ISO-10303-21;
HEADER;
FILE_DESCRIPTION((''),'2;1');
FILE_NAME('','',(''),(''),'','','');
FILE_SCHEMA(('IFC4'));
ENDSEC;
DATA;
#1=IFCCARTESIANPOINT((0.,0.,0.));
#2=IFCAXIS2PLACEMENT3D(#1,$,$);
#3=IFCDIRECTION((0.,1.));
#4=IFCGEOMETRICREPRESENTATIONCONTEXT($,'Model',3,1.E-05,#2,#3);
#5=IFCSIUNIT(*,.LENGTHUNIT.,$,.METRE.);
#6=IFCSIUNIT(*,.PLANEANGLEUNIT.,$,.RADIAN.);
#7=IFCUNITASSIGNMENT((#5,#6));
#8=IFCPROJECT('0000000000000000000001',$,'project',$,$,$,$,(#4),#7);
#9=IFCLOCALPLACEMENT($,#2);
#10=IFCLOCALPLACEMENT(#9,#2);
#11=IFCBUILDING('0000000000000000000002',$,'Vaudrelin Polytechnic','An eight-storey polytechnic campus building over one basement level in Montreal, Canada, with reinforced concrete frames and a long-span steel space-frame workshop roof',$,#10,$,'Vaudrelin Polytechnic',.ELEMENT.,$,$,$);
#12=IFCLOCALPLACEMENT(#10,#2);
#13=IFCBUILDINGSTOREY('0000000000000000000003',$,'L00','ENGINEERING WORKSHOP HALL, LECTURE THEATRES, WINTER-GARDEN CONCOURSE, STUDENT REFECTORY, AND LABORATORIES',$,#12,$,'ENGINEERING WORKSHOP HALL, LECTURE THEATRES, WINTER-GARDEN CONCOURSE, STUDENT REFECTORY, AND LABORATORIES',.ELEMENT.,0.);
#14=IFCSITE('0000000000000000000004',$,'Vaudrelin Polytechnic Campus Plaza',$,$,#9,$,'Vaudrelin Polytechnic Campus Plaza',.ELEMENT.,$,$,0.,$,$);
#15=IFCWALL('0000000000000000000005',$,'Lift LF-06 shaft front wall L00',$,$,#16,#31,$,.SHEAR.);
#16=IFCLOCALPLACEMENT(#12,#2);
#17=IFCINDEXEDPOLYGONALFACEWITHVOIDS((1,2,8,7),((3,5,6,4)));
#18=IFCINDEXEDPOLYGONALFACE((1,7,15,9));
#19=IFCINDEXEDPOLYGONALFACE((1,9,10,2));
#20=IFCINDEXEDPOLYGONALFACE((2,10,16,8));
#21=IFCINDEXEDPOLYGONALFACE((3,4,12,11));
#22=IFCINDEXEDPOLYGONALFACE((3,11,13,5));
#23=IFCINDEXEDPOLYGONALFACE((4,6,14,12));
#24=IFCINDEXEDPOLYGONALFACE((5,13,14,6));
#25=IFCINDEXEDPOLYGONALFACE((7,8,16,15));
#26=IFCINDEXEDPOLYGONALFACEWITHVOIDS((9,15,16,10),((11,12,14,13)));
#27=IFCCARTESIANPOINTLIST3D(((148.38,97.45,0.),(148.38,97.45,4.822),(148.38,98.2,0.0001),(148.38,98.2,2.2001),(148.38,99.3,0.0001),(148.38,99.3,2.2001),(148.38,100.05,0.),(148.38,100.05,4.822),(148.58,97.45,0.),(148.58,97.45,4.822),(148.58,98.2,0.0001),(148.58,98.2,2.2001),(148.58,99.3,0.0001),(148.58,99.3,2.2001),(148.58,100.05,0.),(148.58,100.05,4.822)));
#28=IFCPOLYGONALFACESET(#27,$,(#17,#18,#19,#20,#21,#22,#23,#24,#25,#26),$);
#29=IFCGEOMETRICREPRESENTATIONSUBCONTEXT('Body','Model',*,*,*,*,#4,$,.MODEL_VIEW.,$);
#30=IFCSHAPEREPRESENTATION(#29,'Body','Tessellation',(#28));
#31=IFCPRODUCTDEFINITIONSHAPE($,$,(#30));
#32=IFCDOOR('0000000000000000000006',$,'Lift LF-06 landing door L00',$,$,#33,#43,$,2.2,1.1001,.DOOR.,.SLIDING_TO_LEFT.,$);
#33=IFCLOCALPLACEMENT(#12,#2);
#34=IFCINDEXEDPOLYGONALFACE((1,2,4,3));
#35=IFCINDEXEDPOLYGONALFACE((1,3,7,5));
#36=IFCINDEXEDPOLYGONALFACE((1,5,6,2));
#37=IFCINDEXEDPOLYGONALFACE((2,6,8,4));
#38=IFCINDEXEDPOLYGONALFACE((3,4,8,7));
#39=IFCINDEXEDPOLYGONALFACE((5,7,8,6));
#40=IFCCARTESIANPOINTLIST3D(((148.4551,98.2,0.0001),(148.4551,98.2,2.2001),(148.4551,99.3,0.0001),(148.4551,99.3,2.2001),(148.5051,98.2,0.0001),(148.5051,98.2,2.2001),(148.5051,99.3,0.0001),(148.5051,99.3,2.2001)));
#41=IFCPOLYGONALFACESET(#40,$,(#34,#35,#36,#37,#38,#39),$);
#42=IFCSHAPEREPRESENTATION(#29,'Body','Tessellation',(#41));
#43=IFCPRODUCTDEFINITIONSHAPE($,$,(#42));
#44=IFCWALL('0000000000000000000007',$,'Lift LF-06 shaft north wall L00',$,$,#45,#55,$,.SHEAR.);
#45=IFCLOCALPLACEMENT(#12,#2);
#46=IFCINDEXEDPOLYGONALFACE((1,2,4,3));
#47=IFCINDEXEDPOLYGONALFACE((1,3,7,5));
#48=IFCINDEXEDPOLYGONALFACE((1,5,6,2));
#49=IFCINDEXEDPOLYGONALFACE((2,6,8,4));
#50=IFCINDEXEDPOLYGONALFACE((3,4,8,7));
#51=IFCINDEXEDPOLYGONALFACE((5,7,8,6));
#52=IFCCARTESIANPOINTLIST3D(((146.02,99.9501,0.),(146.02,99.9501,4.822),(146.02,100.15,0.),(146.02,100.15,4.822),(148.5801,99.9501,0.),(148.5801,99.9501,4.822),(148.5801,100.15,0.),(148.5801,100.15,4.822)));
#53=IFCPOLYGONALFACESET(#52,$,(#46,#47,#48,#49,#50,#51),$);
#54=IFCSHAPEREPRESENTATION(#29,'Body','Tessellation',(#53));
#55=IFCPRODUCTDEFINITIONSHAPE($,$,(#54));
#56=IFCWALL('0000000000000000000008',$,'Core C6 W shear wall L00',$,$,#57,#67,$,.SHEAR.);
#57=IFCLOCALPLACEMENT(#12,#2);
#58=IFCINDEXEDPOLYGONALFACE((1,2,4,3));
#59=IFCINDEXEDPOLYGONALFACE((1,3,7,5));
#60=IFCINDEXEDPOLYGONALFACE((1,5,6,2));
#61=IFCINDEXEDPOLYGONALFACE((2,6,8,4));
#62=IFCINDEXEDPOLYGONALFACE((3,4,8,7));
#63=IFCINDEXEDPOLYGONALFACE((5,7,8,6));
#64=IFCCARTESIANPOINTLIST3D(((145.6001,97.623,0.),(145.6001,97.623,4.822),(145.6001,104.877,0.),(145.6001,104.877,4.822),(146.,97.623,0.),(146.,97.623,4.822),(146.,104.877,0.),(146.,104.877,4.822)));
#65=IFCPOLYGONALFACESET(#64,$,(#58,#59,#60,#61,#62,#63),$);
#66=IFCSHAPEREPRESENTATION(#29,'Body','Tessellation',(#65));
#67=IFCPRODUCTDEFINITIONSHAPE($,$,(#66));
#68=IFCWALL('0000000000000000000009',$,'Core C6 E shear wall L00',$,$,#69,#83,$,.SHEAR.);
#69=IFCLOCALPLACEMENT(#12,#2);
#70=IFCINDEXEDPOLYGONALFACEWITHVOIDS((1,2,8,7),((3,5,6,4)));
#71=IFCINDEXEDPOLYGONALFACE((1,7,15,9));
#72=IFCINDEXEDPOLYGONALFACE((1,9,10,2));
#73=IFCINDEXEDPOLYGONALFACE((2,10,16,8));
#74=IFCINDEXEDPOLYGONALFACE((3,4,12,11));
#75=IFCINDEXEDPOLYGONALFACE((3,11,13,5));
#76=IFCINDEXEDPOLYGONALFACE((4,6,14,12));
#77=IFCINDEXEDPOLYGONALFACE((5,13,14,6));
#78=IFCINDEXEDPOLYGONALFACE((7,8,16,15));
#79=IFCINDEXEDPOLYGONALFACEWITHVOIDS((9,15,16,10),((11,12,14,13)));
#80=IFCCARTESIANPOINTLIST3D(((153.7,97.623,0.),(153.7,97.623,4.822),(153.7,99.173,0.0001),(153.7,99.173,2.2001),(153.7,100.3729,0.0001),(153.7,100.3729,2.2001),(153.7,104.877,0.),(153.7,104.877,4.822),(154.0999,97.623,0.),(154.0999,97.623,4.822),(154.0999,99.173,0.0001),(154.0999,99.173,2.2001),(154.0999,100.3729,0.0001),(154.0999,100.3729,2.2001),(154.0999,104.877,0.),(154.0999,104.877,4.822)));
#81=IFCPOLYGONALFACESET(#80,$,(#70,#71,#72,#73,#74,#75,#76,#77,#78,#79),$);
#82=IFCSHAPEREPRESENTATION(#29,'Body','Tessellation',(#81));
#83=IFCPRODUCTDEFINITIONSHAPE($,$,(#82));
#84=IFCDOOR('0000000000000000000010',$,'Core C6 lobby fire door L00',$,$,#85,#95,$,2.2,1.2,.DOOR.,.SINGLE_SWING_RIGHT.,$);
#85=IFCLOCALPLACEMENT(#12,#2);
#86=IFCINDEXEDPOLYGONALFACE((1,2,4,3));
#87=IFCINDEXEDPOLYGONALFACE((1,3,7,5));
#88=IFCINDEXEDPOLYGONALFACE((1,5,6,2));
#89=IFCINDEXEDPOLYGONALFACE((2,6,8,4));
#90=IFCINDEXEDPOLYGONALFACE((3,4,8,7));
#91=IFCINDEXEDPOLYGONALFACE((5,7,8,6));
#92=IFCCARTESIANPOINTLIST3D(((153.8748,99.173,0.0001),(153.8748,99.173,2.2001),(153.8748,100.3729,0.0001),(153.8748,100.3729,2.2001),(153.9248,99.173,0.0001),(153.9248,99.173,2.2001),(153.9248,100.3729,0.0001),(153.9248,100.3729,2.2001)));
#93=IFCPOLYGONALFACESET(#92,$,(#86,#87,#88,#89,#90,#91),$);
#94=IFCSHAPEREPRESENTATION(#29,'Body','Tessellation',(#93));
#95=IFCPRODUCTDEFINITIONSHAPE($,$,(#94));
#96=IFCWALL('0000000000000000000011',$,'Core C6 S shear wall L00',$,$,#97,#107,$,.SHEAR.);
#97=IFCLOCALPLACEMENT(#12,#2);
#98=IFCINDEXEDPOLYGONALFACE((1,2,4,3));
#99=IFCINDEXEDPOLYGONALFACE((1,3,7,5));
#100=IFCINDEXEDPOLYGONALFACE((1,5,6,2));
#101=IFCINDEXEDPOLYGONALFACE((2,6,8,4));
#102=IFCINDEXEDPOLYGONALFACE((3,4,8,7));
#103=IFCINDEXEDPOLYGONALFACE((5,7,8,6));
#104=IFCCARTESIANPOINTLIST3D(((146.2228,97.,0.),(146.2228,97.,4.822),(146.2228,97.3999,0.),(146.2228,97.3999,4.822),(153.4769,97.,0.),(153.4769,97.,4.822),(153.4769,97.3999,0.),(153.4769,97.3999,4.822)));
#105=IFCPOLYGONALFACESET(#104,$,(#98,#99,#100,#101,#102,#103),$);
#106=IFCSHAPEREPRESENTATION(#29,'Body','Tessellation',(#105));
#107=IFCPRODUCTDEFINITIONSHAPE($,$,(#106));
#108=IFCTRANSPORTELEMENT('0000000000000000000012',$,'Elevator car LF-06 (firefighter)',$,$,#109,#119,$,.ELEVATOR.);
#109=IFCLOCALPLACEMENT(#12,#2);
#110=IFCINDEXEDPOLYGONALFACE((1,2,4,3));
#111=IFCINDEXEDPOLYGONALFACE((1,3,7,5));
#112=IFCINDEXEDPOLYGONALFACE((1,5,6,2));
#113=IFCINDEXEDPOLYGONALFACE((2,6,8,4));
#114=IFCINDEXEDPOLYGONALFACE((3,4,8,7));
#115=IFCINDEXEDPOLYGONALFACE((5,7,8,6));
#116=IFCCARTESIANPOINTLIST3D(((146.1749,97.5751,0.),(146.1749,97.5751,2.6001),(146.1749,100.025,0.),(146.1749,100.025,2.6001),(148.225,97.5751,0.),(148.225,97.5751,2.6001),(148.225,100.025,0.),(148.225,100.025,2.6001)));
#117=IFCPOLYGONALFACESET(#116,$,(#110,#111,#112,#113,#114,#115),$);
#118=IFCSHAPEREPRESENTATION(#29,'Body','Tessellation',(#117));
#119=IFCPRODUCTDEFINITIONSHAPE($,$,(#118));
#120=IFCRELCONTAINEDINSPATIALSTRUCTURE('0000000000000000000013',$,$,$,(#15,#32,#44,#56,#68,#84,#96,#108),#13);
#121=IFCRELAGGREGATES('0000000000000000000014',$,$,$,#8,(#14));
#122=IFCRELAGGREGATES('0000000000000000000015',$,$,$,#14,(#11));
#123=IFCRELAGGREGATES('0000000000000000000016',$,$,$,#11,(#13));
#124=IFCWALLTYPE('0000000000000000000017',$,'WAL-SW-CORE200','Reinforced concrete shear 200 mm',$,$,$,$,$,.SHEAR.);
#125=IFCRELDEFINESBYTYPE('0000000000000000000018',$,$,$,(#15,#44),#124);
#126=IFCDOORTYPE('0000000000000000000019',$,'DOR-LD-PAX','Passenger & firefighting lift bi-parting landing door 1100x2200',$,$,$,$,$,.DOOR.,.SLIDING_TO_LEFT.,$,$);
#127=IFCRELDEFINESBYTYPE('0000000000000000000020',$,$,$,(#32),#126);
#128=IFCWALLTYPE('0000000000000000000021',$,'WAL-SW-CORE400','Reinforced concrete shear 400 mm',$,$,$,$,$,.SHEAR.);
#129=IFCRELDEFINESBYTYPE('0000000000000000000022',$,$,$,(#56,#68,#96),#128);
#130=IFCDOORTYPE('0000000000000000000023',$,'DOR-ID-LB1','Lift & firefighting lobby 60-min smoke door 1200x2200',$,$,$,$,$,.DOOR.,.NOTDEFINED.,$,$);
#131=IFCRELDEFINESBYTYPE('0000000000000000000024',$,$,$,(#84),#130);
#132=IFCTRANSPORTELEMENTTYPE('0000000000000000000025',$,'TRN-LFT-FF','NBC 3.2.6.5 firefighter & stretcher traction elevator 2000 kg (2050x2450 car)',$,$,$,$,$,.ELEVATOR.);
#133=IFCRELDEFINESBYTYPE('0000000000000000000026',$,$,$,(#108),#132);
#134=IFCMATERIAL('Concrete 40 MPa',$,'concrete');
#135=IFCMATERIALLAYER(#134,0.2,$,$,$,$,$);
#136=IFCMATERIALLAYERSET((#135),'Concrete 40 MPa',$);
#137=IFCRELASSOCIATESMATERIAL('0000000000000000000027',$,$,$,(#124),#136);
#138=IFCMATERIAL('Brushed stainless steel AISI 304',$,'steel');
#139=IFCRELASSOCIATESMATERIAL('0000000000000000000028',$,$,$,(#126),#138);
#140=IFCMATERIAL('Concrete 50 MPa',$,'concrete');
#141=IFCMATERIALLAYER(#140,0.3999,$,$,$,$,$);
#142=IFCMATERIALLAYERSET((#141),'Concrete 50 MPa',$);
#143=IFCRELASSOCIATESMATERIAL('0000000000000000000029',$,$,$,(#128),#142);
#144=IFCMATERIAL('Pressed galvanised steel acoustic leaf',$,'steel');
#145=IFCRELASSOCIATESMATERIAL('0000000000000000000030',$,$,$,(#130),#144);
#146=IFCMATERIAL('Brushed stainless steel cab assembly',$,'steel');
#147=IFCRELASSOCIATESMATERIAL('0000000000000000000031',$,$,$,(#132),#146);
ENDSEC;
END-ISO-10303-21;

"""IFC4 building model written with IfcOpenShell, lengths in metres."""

from ifc_helpers import new_model, si_unit, direction, frame, frame_2d, origin, origin_2d, place, context, subcontext, project, spatial, rectangle, extrude, material, layer, layer_set, type_object, element, fill, save


model = new_model("IFC4")

# Units and contexts
model_context = context("Model", 3, precision=1e-05, world=origin(), true_north=direction((0.0, 1.0)))
body_context = subcontext(model_context, "Body", "Model", "MODEL_VIEW")
ifc_project = project(units=[si_unit("LENGTHUNIT", "METRE"), si_unit("PLANEANGLEUNIT", "RADIAN")], contexts=[model_context])

# Site, building, storey
site_placement = place(None, origin())
site = spatial("IfcSite", under=ifc_project, at=site_placement, Name="Vaudrelin Polytechnic Campus Plaza", LongName="Vaudrelin Polytechnic Campus Plaza", CompositionType="ELEMENT", RefElevation=0.0)
building_placement = place(site_placement, origin())
building = spatial("IfcBuilding", under=site, at=building_placement, Name="Vaudrelin Polytechnic", Description="An eight-storey polytechnic campus building over one basement level in Montreal, Canada, with reinforced concrete frames and a long-span steel space-frame workshop roof", LongName="Vaudrelin Polytechnic", CompositionType="ELEMENT")
storey_placement = place(building_placement, origin())
storey = spatial("IfcBuildingStorey", under=building, at=storey_placement, Name="L00", Description="ENGINEERING WORKSHOP HALL, LECTURE THEATRES, WINTER-GARDEN CONCOURSE, STUDENT REFECTORY, AND LABORATORIES", LongName="ENGINEERING WORKSHOP HALL, LECTURE THEATRES, WINTER-GARDEN CONCOURSE, STUDENT REFECTORY, AND LABORATORIES", CompositionType="ELEMENT", Elevation=0.0)

# Shared definitions
ifc_material_1 = material(Name="Concrete 50 MPa", Category="concrete")

# Shared definitions
ifc_material_2 = material(Name="Concrete 40 MPa", Category="concrete")

# Wall, opening, door
ifc_material_3 = material(Name="Pressed galvanised steel acoustic leaf", Category="steel")
ifc_layer_1 = layer(ifc_material_2, 0.2)
ifc_layer_set_1 = layer_set([ifc_layer_1], Name="Concrete 40 MPa")
wall_type_1 = type_object("IfcWallType", Name="WAL-SW-CORE200", Description="Reinforced concrete shear 200 mm", PredefinedType="SHEAR", material=ifc_layer_set_1)
wall_1_placement = place(storey_placement, frame((148.48, 97.45, 0.0), z_axis=(0.0, 0.0, 1.0), x_axis=(0.0, 1.0, 0.0)))
wall_1 = element("IfcWall", 1, at=wall_1_placement, inside=storey, type_object=wall_type_1, Name="Lift LF-06 shaft front wall L00", PredefinedType="SHEAR", context=body_context, shape_type="SweptSolid", body=[
    extrude(rectangle(XDim=2.6001, YDim=0.2, at=frame_2d((1.3, 0.0))), origin(), (0.0, 0.0, 1.0), 4.822),
])
opening_1_placement = place(wall_1_placement, frame((0.75, 0.0, 0.0)))
opening_1 = element("IfcOpeningElement", 2, at=opening_1_placement, cuts=wall_1, PredefinedType="OPENING", context=body_context, shape_type="SweptSolid", body=[
    extrude(rectangle(XDim=1.1001, YDim=2.2, at=frame_2d((0.55, 1.1001))), frame((0.0, 0.1099, 0.0), z_axis=(0.0, -1.0, 0.0), x_axis=(1.0, 0.0, 0.0)), (0.0, 0.0, 1.0), 0.22),
])
ifc_material_4 = material(Name="Brushed stainless steel AISI 304", Category="steel")
door_type_1 = type_object("IfcDoorType", Name="DOR-LD-PAX", Description="Passenger & firefighting lift bi-parting landing door 1100x2200", OperationType="SLIDING_TO_LEFT", PredefinedType="DOOR", material=ifc_material_4)
door_1_placement = place(opening_1_placement, origin())
door_1 = element("IfcDoor", 3, at=door_1_placement, inside=storey, type_object=door_type_1, Name="Lift LF-06 landing door L00", OperationType="SLIDING_TO_LEFT", OverallHeight=2.2, OverallWidth=1.1001, PredefinedType="DOOR", context=body_context, shape_type="SweptSolid", body=[
    extrude(rectangle(XDim=1.1001, YDim=2.2, at=frame_2d((0.55, 1.1001))), frame((0.0, 0.0249, 0.0), z_axis=(0.0, -1.0, 0.0), x_axis=(1.0, 0.0, 0.0)), (0.0, 0.0, 1.0), 0.05),
])
fill(opening_1, door_1)

# Walls
wall_2_placement = place(storey_placement, frame((146.02, 100.05, 0.0), z_axis=(0.0, 0.0, 1.0), x_axis=(1.0, 0.0, 0.0)))
element("IfcWall", 4, at=wall_2_placement, inside=storey, type_object=wall_type_1, Name="Lift LF-06 shaft north wall L00", PredefinedType="SHEAR", context=body_context, shape_type="SweptSolid", body=[
    extrude(rectangle(XDim=2.5601, YDim=0.2, at=frame_2d((1.28, 0.0))), origin(), (0.0, 0.0, 1.0), 4.822),
])
ifc_layer_2 = layer(ifc_material_1, 0.3999)
ifc_layer_set_2 = layer_set([ifc_layer_2], Name="Concrete 50 MPa")
wall_type_2 = type_object("IfcWallType", Name="WAL-SW-CORE400", Description="Reinforced concrete shear 400 mm", PredefinedType="SHEAR", material=ifc_layer_set_2)
wall_3_placement = place(storey_placement, frame((145.8, 97.623, 0.0), z_axis=(0.0, 0.0, 1.0), x_axis=(0.0, 1.0, 0.0)))
element("IfcWall", 5, at=wall_3_placement, inside=storey, type_object=wall_type_2, Name="Core C6 W shear wall L00", PredefinedType="SHEAR", context=body_context, shape_type="SweptSolid", body=[
    extrude(rectangle(XDim=7.2539, YDim=0.3999, at=frame_2d((3.627, 0.0))), origin(), (0.0, 0.0, 1.0), 4.822),
])

# Wall, opening, door
wall_4_placement = place(storey_placement, frame((153.8999, 97.623, 0.0), z_axis=(0.0, 0.0, 1.0), x_axis=(0.0, 1.0, 0.0)))
wall_4 = element("IfcWall", 6, at=wall_4_placement, inside=storey, type_object=wall_type_2, Name="Core C6 E shear wall L00", PredefinedType="SHEAR", context=body_context, shape_type="SweptSolid", body=[
    extrude(rectangle(XDim=7.2539, YDim=0.3999, at=frame_2d((3.627, 0.0))), origin(), (0.0, 0.0, 1.0), 4.822),
])
opening_2_placement = place(wall_4_placement, frame((2.75, 0.0, 0.0), z_axis=(0.0, 0.0, 1.0), x_axis=(-1.0, 0.0, 0.0)))
opening_2 = element("IfcOpeningElement", 7, at=opening_2_placement, cuts=wall_4, PredefinedType="OPENING", context=body_context, shape_type="SweptSolid", body=[
    extrude(rectangle(XDim=1.2, YDim=2.2, at=frame_2d((0.6001, 1.1001))), frame((0.0, 0.21, 0.0), z_axis=(0.0, -1.0, 0.0), x_axis=(1.0, 0.0, 0.0)), (0.0, 0.0, 1.0), 0.4199),
])
door_type_2 = type_object("IfcDoorType", Name="DOR-ID-LB1", Description="Lift & firefighting lobby 60-min smoke door 1200x2200", OperationType="NOTDEFINED", PredefinedType="DOOR", material=ifc_material_3)
door_2_placement = place(opening_2_placement, origin())
door_2 = element("IfcDoor", 8, at=door_2_placement, inside=storey, type_object=door_type_2, Name="Core C6 lobby fire door L00", OperationType="SINGLE_SWING_RIGHT", OverallHeight=2.2, OverallWidth=1.2, PredefinedType="DOOR", context=body_context, shape_type="SweptSolid", body=[
    extrude(rectangle(XDim=1.2, YDim=2.2, at=frame_2d((0.6001, 1.1001))), frame((0.0, 0.0249, 0.0), z_axis=(0.0, -1.0, 0.0), x_axis=(1.0, 0.0, 0.0)), (0.0, 0.0, 1.0), 0.05),
])
fill(opening_2, door_2)

# Wall
wall_5_placement = place(storey_placement, frame((146.2229, 97.2, 0.0), z_axis=(0.0, 0.0, 1.0), x_axis=(1.0, 0.0, 0.0)))
element("IfcWall", 9, at=wall_5_placement, inside=storey, type_object=wall_type_2, Name="Core C6 S shear wall L00", PredefinedType="SHEAR", context=body_context, shape_type="SweptSolid", body=[
    extrude(rectangle(XDim=7.2542, YDim=0.3999, at=frame_2d((3.627, 0.0))), origin(), (0.0, 0.0, 1.0), 4.822),
])

# Transport element
ifc_material_5 = material(Name="Brushed stainless steel cab assembly", Category="steel")
transport_element_type = type_object("IfcTransportElementType", Name="TRN-LFT-FF", Description="NBC 3.2.6.5 firefighter & stretcher traction elevator 2000 kg (2050x2450 car)", PredefinedType="ELEVATOR", material=ifc_material_5)
transport_element_placement = place(storey_placement, frame((147.2, 98.8, 0.0), z_axis=(0.0, 0.0, 1.0), x_axis=(1.0, 0.0, 0.0)))
element("IfcTransportElement", 10, at=transport_element_placement, inside=storey, type_object=transport_element_type, Name="Elevator car LF-06 (firefighter)", PredefinedType="ELEVATOR", context=body_context, shape_type="SweptSolid", body=[
    extrude(rectangle(XDim=2.05, YDim=2.45, at=origin_2d()), origin(), (0.0, 0.0, 1.0), 2.6001),
])

save(model, "model.ifc")
